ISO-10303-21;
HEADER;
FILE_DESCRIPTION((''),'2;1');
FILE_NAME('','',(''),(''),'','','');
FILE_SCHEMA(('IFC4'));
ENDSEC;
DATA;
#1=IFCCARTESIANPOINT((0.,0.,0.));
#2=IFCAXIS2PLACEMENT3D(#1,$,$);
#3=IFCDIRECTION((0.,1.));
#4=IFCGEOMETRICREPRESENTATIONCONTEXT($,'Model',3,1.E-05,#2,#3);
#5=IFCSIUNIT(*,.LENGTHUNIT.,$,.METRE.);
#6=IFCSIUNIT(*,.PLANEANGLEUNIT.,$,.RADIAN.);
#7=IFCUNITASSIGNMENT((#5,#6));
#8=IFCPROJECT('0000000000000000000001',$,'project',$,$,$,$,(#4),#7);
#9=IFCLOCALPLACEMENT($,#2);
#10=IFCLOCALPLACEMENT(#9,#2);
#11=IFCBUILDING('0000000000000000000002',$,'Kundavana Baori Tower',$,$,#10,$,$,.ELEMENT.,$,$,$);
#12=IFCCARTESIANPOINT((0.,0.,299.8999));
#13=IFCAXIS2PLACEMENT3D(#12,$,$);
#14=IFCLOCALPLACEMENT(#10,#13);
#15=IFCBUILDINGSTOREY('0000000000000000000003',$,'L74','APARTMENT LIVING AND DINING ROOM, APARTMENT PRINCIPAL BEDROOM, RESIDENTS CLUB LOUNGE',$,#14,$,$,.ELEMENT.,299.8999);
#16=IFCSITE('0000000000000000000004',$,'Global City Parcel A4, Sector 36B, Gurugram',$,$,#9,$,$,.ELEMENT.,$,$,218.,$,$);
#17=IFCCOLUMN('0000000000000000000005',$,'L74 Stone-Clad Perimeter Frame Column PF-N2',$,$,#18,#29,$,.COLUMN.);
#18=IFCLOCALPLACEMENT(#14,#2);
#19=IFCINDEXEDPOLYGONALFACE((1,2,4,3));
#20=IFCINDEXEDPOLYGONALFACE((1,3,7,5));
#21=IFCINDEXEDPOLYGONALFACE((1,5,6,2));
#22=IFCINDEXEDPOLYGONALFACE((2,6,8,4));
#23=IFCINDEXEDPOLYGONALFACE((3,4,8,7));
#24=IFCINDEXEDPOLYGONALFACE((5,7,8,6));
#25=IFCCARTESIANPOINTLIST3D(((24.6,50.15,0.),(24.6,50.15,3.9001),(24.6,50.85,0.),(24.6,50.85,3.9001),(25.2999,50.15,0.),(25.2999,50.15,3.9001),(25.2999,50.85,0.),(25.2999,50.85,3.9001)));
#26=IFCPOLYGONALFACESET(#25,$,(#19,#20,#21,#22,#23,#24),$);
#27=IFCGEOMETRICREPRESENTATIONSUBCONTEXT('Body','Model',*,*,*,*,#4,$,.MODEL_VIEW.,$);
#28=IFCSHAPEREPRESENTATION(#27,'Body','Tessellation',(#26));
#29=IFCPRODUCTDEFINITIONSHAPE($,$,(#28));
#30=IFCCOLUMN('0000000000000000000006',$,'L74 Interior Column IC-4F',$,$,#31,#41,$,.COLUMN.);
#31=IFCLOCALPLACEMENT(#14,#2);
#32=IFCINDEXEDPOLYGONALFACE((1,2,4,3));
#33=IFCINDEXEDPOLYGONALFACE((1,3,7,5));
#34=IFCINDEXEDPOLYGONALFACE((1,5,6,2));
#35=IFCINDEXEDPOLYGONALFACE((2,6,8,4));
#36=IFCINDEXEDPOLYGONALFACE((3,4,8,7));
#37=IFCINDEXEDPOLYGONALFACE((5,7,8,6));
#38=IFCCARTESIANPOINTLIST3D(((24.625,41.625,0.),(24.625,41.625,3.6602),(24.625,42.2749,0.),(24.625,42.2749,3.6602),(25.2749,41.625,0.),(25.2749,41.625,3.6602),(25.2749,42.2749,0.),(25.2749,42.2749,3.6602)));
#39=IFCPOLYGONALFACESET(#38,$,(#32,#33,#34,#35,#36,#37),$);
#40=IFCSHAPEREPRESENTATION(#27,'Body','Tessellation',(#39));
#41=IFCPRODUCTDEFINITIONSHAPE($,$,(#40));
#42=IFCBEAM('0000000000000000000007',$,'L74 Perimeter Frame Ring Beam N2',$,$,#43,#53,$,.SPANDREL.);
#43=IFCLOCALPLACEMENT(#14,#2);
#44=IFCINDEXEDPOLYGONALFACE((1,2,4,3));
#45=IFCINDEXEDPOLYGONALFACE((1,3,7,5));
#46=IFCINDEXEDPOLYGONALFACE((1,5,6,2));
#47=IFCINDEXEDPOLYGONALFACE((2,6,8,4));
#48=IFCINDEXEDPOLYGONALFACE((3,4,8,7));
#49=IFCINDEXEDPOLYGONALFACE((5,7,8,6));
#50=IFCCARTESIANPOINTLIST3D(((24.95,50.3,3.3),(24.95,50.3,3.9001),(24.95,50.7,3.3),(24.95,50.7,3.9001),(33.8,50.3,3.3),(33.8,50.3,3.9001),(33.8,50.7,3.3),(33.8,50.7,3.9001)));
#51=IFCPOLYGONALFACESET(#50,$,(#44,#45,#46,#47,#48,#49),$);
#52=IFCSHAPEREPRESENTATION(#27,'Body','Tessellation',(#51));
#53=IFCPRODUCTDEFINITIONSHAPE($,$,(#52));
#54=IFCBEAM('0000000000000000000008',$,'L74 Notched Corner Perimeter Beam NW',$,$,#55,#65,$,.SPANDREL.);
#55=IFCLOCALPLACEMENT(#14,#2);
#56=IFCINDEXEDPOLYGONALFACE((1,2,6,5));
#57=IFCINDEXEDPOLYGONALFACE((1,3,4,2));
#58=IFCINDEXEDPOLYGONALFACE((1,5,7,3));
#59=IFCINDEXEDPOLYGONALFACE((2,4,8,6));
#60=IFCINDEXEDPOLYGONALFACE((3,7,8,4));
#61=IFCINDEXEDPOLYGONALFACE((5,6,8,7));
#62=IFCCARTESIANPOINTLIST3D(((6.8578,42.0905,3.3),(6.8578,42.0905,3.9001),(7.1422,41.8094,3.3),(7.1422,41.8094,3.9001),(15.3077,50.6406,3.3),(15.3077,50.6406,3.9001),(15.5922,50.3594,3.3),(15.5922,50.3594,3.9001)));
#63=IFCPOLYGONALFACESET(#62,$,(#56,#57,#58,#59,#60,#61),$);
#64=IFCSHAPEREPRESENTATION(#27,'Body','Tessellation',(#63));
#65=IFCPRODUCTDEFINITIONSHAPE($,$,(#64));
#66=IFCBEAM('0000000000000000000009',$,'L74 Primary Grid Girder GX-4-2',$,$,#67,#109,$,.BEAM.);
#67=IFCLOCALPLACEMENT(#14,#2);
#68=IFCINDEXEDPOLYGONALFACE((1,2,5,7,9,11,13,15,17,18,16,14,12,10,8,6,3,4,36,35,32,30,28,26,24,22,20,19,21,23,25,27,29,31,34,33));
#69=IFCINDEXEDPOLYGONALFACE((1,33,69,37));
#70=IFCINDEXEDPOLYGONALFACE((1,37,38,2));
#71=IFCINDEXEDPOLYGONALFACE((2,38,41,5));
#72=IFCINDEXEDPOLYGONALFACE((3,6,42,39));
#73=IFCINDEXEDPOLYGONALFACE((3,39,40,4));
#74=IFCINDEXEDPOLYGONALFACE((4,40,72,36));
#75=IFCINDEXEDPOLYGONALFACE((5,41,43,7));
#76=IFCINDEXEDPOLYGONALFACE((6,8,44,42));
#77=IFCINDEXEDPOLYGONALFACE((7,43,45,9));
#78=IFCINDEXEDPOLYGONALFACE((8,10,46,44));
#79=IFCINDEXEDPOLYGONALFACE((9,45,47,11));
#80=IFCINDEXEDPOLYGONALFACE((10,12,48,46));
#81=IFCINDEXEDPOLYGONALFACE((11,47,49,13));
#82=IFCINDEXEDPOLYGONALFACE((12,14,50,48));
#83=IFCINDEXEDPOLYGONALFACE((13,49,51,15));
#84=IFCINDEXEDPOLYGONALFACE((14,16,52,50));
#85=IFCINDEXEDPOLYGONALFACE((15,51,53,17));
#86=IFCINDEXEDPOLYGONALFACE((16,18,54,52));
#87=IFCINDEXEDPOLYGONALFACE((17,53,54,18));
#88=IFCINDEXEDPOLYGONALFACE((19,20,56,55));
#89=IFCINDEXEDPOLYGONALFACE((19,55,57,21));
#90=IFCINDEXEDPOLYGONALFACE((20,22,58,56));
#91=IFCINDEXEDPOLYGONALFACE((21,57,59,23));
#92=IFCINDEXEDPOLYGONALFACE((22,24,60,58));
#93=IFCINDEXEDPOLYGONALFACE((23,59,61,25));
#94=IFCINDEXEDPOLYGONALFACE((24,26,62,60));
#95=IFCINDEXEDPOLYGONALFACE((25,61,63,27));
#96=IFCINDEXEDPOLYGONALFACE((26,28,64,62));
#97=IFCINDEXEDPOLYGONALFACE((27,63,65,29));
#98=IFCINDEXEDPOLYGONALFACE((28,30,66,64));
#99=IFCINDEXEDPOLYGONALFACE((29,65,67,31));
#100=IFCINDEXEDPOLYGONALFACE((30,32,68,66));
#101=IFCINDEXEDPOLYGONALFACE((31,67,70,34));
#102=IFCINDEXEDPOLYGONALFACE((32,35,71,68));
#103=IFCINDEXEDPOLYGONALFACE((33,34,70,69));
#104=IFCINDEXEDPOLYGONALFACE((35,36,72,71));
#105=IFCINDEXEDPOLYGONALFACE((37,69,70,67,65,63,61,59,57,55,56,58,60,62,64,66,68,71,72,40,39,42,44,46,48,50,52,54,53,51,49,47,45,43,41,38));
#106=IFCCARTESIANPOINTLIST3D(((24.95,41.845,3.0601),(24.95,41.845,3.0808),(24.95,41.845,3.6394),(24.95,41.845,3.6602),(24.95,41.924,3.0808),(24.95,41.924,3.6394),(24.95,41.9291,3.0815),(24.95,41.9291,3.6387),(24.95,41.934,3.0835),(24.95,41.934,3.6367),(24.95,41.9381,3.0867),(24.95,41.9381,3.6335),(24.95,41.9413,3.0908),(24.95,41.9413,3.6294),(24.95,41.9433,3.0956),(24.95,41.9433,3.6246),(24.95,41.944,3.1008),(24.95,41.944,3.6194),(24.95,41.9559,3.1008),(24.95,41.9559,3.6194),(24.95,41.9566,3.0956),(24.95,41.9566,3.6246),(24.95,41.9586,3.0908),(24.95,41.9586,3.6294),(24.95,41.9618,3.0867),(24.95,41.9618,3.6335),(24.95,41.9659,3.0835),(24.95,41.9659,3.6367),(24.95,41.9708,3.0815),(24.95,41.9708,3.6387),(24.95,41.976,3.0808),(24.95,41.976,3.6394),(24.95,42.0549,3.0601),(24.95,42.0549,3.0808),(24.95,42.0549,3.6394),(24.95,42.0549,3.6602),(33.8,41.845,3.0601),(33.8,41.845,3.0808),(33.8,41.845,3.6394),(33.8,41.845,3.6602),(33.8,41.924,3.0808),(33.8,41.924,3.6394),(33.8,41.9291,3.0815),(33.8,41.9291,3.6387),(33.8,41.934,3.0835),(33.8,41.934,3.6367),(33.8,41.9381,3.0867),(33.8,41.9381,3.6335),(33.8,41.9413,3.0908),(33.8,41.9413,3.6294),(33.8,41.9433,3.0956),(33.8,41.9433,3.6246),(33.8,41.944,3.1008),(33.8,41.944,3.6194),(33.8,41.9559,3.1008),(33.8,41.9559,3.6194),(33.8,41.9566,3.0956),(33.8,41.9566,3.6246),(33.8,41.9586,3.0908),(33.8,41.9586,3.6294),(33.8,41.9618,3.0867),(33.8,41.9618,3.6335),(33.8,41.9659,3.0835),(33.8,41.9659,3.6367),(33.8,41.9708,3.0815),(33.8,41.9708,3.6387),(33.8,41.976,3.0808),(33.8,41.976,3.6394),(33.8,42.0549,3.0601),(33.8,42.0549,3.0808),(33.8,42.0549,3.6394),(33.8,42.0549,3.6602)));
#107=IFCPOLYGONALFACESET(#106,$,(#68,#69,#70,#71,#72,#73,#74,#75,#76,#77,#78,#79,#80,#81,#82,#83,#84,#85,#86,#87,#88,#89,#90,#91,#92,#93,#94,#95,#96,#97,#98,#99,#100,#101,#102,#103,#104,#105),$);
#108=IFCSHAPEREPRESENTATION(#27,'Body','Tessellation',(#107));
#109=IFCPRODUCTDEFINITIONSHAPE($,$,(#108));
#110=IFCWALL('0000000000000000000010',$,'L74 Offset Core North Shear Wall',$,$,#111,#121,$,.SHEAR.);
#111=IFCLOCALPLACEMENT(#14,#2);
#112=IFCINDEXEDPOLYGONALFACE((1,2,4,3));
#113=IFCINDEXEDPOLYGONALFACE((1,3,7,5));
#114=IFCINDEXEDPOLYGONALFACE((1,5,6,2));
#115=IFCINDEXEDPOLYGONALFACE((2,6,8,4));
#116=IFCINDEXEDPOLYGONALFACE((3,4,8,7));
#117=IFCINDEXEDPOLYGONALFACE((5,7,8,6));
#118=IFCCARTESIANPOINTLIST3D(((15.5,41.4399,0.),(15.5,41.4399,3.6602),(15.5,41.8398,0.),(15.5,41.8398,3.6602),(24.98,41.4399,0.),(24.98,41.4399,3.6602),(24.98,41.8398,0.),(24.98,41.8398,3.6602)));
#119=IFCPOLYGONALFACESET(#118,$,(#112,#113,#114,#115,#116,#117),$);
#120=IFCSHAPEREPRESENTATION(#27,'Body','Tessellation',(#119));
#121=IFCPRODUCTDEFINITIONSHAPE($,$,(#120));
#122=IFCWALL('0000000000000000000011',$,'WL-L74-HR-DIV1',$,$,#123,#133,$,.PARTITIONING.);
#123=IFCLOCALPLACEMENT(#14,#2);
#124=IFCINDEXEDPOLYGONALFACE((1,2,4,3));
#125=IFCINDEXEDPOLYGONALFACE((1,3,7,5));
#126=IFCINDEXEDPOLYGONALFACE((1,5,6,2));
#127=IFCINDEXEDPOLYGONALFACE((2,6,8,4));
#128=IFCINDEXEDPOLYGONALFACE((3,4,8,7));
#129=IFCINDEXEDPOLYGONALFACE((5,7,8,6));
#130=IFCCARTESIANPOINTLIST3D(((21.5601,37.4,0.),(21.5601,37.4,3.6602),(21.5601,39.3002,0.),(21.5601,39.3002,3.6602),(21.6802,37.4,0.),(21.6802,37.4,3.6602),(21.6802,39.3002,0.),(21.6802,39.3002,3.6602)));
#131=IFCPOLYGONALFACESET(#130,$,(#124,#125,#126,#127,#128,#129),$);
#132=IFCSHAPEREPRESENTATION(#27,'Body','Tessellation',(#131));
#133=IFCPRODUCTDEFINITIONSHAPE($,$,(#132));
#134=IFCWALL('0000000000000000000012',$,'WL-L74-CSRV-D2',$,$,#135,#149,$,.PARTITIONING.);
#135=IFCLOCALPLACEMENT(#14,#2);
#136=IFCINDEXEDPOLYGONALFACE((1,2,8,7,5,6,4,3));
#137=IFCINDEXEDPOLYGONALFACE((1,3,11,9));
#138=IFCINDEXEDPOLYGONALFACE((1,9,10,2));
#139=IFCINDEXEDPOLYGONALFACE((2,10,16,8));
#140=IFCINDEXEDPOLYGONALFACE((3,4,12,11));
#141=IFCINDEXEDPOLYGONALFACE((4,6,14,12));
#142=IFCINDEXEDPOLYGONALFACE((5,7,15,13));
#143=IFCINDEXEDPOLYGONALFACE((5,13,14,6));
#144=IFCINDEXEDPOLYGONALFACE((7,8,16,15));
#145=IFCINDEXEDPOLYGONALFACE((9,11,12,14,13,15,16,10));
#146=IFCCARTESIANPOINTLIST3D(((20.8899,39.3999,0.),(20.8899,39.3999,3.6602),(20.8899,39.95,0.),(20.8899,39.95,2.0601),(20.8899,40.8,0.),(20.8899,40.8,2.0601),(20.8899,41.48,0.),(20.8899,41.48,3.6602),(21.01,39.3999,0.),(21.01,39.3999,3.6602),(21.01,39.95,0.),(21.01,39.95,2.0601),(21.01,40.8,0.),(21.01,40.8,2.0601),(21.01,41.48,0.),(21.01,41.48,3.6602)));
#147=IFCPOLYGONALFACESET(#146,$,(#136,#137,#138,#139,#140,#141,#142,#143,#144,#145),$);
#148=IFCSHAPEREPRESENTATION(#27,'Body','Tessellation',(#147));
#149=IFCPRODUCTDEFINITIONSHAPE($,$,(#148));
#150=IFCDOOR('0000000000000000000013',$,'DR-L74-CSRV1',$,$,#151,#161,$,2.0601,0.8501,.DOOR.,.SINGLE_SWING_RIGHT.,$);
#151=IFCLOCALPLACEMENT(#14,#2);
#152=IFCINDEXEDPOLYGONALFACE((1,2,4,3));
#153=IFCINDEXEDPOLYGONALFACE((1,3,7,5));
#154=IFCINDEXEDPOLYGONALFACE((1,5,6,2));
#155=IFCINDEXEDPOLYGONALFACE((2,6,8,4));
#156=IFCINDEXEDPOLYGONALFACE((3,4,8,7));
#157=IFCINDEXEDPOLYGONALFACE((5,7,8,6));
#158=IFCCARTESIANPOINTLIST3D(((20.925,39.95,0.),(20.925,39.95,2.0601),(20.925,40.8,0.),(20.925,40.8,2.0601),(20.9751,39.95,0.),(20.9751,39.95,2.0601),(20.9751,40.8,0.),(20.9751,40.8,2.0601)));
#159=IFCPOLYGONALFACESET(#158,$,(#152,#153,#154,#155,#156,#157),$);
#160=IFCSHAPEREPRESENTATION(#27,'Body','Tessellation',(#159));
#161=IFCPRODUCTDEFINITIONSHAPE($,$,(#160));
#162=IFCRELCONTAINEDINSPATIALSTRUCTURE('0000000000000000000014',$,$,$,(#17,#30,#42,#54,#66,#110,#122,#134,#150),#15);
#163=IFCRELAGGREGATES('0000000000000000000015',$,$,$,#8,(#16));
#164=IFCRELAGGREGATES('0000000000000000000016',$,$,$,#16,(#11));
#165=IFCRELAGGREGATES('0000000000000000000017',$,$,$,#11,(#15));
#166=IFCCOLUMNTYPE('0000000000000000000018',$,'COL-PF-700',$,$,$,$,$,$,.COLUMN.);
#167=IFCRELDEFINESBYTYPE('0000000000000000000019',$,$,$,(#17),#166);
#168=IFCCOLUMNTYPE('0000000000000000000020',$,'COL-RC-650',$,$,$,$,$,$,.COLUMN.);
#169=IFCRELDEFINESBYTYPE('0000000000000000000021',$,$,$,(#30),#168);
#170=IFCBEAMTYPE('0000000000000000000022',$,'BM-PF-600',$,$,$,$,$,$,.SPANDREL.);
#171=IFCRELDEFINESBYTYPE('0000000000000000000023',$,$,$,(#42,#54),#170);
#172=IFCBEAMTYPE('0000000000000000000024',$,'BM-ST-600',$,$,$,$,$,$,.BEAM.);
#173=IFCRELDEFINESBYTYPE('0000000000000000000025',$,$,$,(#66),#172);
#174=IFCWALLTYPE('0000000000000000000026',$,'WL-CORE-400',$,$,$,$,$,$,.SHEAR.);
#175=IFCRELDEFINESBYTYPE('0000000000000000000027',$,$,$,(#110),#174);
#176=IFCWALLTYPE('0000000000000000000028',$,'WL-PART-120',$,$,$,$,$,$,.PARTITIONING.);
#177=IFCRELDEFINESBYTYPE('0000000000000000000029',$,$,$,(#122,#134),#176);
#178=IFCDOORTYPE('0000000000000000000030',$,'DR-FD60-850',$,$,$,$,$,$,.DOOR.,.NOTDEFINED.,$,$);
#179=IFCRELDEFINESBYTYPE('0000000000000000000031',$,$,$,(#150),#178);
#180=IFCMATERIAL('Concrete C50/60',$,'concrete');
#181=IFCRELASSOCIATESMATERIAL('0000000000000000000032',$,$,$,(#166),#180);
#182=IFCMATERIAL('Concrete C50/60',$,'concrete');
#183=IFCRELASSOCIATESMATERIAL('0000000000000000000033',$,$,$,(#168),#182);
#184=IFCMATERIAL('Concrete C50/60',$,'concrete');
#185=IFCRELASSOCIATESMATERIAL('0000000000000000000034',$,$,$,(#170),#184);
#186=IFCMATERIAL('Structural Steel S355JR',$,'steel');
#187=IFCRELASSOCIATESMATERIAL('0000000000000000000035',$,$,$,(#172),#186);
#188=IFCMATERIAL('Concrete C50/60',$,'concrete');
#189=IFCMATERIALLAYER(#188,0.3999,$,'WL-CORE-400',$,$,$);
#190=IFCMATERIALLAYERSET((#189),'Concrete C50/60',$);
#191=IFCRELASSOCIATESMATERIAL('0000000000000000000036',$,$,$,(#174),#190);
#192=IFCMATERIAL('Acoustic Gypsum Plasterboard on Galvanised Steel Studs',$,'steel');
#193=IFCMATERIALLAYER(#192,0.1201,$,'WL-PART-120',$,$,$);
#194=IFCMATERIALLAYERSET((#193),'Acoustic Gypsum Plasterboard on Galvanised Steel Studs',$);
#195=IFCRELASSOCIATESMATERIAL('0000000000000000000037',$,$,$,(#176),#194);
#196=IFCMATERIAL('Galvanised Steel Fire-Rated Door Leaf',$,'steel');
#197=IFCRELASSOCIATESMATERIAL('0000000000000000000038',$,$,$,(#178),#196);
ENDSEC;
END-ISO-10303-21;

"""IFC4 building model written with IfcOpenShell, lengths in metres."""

from ifc_helpers import new_model, si_unit, direction, frame, frame_2d, origin, origin_2d, place, context, subcontext, project, spatial, rectangle, i_section, extrude, material, layer, layer_set, material_profile, profile_set, type_object, element, fill, save


model = new_model("IFC4")

# Units and contexts
model_context = context("Model", 3, precision=1e-05, world=origin(), true_north=direction((0.0, 1.0)))
body_context = subcontext(model_context, "Body", "Model", "MODEL_VIEW")
ifc_project = project(units=[si_unit("LENGTHUNIT", "METRE"), si_unit("PLANEANGLEUNIT", "RADIAN")], contexts=[model_context])

# Site, building, storey
site_placement = place(None, origin())
site = spatial("IfcSite", under=ifc_project, at=site_placement, Name="Global City Parcel A4, Sector 36B, Gurugram", CompositionType="ELEMENT", RefElevation=218.0)
building_placement = place(site_placement, origin())
building = spatial("IfcBuilding", under=site, at=building_placement, Name="Kundavana Baori Tower", CompositionType="ELEMENT")
storey_placement = place(building_placement, frame((0.0, 0.0, 299.8999)))
storey = spatial("IfcBuildingStorey", under=building, at=storey_placement, Name="L74", Description="APARTMENT LIVING AND DINING ROOM, APARTMENT PRINCIPAL BEDROOM, RESIDENTS CLUB LOUNGE", CompositionType="ELEMENT", Elevation=299.8999)

# Columns
ifc_material_1 = material(Name="Concrete C50/60", Category="concrete")
ifc_material_profile_1 = material_profile(ifc_material_1, rectangle(XDim=0.7, YDim=0.7, at=origin_2d()), Name="RC PF 700x700")
ifc_profile_set_1 = profile_set([ifc_material_profile_1], Name="Concrete C50/60")
column_type_1 = type_object("IfcColumnType", Name="COL-PF-700", PredefinedType="COLUMN", material=ifc_profile_set_1)
column_1_placement = place(storey_placement, frame((24.95, 50.5, 0.0), z_axis=(0.0, 0.0, 1.0), x_axis=(1.0, 0.0, 0.0)))
element("IfcColumn", 1, at=column_1_placement, inside=storey, type_object=column_type_1, Name="L74 Stone-Clad Perimeter Frame Column PF-N2", PredefinedType="COLUMN", context=body_context, shape_type="SweptSolid", body=[
    extrude(rectangle(XDim=0.7, YDim=0.7, at=origin_2d()), origin(), (0.0, 0.0, 1.0), 3.9001),
])
ifc_material_2 = material(Name="Concrete C50/60", Category="concrete")
ifc_material_profile_2 = material_profile(ifc_material_2, rectangle(XDim=0.6499, YDim=0.6499, at=origin_2d()), Name="RC 650x650")
ifc_profile_set_2 = profile_set([ifc_material_profile_2], Name="Concrete C50/60")
column_type_2 = type_object("IfcColumnType", Name="COL-RC-650", PredefinedType="COLUMN", material=ifc_profile_set_2)
column_2_placement = place(storey_placement, frame((24.95, 41.95, 0.0), z_axis=(0.0, 0.0, 1.0), x_axis=(1.0, 0.0, 0.0)))
element("IfcColumn", 2, at=column_2_placement, inside=storey, type_object=column_type_2, Name="L74 Interior Column IC-4F", PredefinedType="COLUMN", context=body_context, shape_type="SweptSolid", body=[
    extrude(rectangle(XDim=0.6499, YDim=0.6499, at=origin_2d()), origin(), (0.0, 0.0, 1.0), 3.6602),
])

# Beams
ifc_material_3 = material(Name="Concrete C50/60", Category="concrete")
ifc_material_profile_3 = material_profile(ifc_material_3, rectangle(XDim=0.3999, YDim=0.6001, at=origin_2d()), Name="RC BM 400x600")
ifc_profile_set_3 = profile_set([ifc_material_profile_3], Name="Concrete C50/60")
beam_type_1 = type_object("IfcBeamType", Name="BM-PF-600", PredefinedType="SPANDREL", material=ifc_profile_set_3)
beam_1_placement = place(storey_placement, frame((24.95, 50.5, 3.6001), z_axis=(1.0, 0.0, 0.0), x_axis=(0.0, 1.0, 0.0)))
element("IfcBeam", 3, at=beam_1_placement, inside=storey, type_object=beam_type_1, Name="L74 Perimeter Frame Ring Beam N2", PredefinedType="SPANDREL", context=body_context, shape_type="SweptSolid", body=[
    extrude(rectangle(XDim=0.3999, YDim=0.6001, at=origin_2d()), origin(), (0.0, 0.0, 1.0), 8.8501),
])
beam_2_placement = place(storey_placement, frame((15.45, 50.5, 3.6001), z_axis=(-0.702931, -0.711258, 0.0), x_axis=(0.711258, -0.702931, 0.0)))
element("IfcBeam", 4, at=beam_2_placement, inside=storey, type_object=beam_type_1, Name="L74 Notched Corner Perimeter Beam NW", PredefinedType="SPANDREL", context=body_context, shape_type="SweptSolid", body=[
    extrude(rectangle(XDim=0.3999, YDim=0.6001, at=origin_2d()), origin(), (0.0, 0.0, 1.0), 12.021),
])
ifc_material_4 = material(Name="Structural Steel S355JR", Category="steel")
ifc_material_profile_4 = material_profile(ifc_material_4, i_section(OverallWidth=0.21, OverallDepth=0.6001, WebThickness=0.012, FlangeThickness=0.0208, FilletRadius=0.02, at=origin_2d()), Name="ISMB 600")
ifc_profile_set_4 = profile_set([ifc_material_profile_4], Name="Structural Steel S355JR")
beam_type_2 = type_object("IfcBeamType", Name="BM-ST-600", PredefinedType="BEAM", material=ifc_profile_set_4)
beam_3_placement = place(storey_placement, frame((24.95, 41.95, 3.3601), z_axis=(1.0, 0.0, 0.0), x_axis=(0.0, 1.0, 0.0)))
element("IfcBeam", 5, at=beam_3_placement, inside=storey, type_object=beam_type_2, Name="L74 Primary Grid Girder GX-4-2", PredefinedType="BEAM", context=body_context, shape_type="SweptSolid", body=[
    extrude(i_section(OverallWidth=0.21, OverallDepth=0.6001, WebThickness=0.012, FlangeThickness=0.0208, FilletRadius=0.02, at=origin_2d()), origin(), (0.0, 0.0, 1.0), 8.8501),
])

# Walls
ifc_material_5 = material(Name="Concrete C50/60", Category="concrete")
ifc_layer_1 = layer(ifc_material_5, 0.3999, Name="WL-CORE-400")
ifc_layer_set_1 = layer_set([ifc_layer_1], Name="Concrete C50/60")
wall_type_1 = type_object("IfcWallType", Name="WL-CORE-400", PredefinedType="SHEAR", material=ifc_layer_set_1)
wall_1_placement = place(storey_placement, frame((15.5, 41.6399, 0.0), z_axis=(0.0, 0.0, 1.0), x_axis=(1.0, 0.0, 0.0)))
element("IfcWall", 6, at=wall_1_placement, inside=storey, type_object=wall_type_1, Name="L74 Offset Core North Shear Wall", PredefinedType="SHEAR", context=body_context, shape_type="SweptSolid", body=[
    extrude(rectangle(XDim=9.48, YDim=0.3999, at=frame_2d((4.74, 0.0))), origin(), (0.0, 0.0, 1.0), 3.6602),
])
ifc_material_6 = material(Name="Acoustic Gypsum Plasterboard on Galvanised Steel Studs", Category="steel")
ifc_layer_2 = layer(ifc_material_6, 0.1201, Name="WL-PART-120")
ifc_layer_set_2 = layer_set([ifc_layer_2], Name="Acoustic Gypsum Plasterboard on Galvanised Steel Studs")
wall_type_2 = type_object("IfcWallType", Name="WL-PART-120", PredefinedType="PARTITIONING", material=ifc_layer_set_2)
wall_2_placement = place(storey_placement, frame((21.6201, 37.3999, 0.0), z_axis=(0.0, 0.0, 1.0), x_axis=(0.0, 1.0, 0.0)))
element("IfcWall", 7, at=wall_2_placement, inside=storey, type_object=wall_type_2, Name="WL-L74-HR-DIV1", PredefinedType="PARTITIONING", context=body_context, shape_type="SweptSolid", body=[
    extrude(rectangle(XDim=1.9001, YDim=0.1201, at=frame_2d((0.9502, 0.0))), origin(), (0.0, 0.0, 1.0), 3.6602),
])

# Wall, opening, door
wall_3_placement = place(storey_placement, frame((20.95, 39.3999, 0.0), z_axis=(0.0, 0.0, 1.0), x_axis=(0.0, 1.0, 0.0)))
wall_3 = element("IfcWall", 8, at=wall_3_placement, inside=storey, type_object=wall_type_2, Name="WL-L74-CSRV-D2", PredefinedType="PARTITIONING", context=body_context, shape_type="SweptSolid", body=[
    extrude(rectangle(XDim=2.0801, YDim=0.1201, at=frame_2d((1.04, 0.0))), origin(), (0.0, 0.0, 1.0), 3.6602),
])
opening_1_placement = place(wall_3_placement, frame((0.55, 0.0, 0.0)))
opening_1 = element("IfcOpeningElement", 9, at=opening_1_placement, cuts=wall_3, PredefinedType="OPENING", context=body_context, shape_type="SweptSolid", body=[
    extrude(rectangle(XDim=0.8501, YDim=2.0601, at=frame_2d((0.425, 1.03))), frame((0.0, 0.0701, 0.0), z_axis=(0.0, -1.0, 0.0), x_axis=(1.0, 0.0, 0.0)), (0.0, 0.0, 1.0), 0.1401),
])
ifc_material_7 = material(Name="Galvanised Steel Fire-Rated Door Leaf", Category="steel")
door_type_1 = type_object("IfcDoorType", Name="DR-FD60-850", OperationType="NOTDEFINED", PredefinedType="DOOR", material=ifc_material_7)
door_1_placement = place(opening_1_placement, origin())
door_1 = element("IfcDoor", 10, at=door_1_placement, inside=storey, type_object=door_type_1, Name="DR-L74-CSRV1", OperationType="SINGLE_SWING_RIGHT", OverallHeight=2.0601, OverallWidth=0.8501, PredefinedType="DOOR", context=body_context, shape_type="SweptSolid", body=[
    extrude(rectangle(XDim=0.8501, YDim=2.0601, at=frame_2d((0.425, 1.03))), frame((0.0, 0.0249, 0.0), z_axis=(0.0, -1.0, 0.0), x_axis=(1.0, 0.0, 0.0)), (0.0, 0.0, 1.0), 0.05),
])
fill(opening_1, door_1)

save(model, "model.ifc")
